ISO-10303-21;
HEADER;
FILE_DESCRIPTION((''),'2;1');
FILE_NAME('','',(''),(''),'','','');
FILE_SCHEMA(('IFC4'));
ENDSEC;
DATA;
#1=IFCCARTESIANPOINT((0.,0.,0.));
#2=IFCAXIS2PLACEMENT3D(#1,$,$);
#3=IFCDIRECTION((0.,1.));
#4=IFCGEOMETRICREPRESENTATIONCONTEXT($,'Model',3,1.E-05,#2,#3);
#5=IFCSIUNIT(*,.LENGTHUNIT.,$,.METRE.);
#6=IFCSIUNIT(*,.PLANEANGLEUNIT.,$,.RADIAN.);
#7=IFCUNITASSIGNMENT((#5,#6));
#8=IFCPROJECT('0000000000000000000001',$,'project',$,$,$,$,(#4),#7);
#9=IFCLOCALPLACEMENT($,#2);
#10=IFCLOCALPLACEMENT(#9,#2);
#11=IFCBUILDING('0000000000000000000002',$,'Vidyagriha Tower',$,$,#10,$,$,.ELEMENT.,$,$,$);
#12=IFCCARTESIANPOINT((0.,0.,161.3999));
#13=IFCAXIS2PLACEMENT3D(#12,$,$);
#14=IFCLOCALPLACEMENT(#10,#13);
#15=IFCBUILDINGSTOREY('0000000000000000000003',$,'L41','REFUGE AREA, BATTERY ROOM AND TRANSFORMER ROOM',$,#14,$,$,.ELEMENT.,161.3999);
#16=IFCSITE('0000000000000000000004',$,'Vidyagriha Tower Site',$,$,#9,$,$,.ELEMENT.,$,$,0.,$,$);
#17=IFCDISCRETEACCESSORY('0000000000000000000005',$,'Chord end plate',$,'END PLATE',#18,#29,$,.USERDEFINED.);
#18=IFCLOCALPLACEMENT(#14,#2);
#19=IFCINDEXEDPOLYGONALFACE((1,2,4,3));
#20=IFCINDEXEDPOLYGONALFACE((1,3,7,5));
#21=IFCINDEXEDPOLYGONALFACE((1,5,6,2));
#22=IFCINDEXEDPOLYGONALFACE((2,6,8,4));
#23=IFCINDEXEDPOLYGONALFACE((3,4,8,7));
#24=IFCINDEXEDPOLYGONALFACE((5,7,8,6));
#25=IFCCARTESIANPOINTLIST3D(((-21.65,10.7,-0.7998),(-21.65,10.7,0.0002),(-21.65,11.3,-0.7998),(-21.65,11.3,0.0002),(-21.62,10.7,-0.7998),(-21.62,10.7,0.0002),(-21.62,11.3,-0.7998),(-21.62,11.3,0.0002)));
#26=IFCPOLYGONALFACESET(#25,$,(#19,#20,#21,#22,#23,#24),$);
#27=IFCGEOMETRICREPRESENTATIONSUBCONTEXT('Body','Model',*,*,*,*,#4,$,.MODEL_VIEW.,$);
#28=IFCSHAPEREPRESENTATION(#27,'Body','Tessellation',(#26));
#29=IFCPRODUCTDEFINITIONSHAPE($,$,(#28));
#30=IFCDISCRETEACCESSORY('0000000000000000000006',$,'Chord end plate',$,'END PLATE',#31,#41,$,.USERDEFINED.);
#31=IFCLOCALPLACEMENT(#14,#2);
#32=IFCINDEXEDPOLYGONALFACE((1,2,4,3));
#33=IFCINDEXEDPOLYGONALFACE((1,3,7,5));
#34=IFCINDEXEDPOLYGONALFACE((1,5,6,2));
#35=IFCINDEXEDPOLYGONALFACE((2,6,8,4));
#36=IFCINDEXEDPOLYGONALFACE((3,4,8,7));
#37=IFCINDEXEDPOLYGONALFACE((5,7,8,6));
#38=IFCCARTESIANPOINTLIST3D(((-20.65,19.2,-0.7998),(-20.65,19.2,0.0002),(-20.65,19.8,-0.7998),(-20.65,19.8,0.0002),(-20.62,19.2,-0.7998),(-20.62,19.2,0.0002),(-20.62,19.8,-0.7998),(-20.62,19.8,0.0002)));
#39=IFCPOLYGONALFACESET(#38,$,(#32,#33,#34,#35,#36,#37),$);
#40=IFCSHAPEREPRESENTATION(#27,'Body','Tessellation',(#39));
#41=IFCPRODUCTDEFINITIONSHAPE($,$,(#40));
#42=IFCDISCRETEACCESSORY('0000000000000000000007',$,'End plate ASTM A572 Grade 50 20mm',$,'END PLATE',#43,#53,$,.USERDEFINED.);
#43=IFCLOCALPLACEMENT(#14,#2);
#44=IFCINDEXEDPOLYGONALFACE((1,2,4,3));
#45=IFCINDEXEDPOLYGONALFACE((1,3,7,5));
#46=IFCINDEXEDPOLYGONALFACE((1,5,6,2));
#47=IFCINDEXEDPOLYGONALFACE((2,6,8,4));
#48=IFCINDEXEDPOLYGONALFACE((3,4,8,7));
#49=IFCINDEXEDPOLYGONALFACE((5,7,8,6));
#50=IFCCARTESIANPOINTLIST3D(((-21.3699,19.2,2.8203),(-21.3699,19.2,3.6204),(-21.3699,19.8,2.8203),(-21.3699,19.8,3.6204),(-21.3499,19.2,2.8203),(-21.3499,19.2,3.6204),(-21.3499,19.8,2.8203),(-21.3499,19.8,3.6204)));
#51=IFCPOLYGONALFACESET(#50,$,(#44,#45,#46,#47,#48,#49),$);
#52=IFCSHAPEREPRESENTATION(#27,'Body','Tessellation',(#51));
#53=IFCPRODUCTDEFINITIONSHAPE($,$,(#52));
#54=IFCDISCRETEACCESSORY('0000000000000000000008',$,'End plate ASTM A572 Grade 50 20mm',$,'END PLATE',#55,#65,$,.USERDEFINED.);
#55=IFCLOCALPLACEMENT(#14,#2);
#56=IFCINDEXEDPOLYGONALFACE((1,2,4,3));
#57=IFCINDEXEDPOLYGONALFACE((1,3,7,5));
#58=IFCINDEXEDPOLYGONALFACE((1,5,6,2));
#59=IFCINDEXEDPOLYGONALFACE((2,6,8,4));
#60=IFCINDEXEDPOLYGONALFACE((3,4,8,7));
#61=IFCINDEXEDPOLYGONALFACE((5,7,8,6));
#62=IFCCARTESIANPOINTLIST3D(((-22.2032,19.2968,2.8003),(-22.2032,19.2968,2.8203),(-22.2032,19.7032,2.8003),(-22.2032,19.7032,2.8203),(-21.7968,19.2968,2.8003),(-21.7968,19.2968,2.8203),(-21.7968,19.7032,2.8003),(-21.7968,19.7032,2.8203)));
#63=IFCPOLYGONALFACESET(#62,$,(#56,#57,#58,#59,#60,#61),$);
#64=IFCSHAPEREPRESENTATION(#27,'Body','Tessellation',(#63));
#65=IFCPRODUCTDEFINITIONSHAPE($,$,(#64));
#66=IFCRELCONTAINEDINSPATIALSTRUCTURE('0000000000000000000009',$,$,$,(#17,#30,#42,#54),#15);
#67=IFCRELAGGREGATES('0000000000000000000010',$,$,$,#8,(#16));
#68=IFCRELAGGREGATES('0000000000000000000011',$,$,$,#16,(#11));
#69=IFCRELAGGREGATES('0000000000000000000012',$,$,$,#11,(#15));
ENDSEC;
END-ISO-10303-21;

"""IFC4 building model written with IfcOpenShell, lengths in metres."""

from ifc_helpers import new_model, si_unit, direction, frame, origin, origin_2d, place, context, subcontext, project, spatial, rectangle, extrude, element, save


model = new_model("IFC4")

# Units and contexts
model_context = context("Model", 3, precision=1e-05, world=origin(), true_north=direction((0.0, 1.0)))
body_context = subcontext(model_context, "Body", "Model", "MODEL_VIEW")
ifc_project = project(units=[si_unit("LENGTHUNIT", "METRE"), si_unit("PLANEANGLEUNIT", "RADIAN")], contexts=[model_context])

# Site, building, storey
site_placement = place(None, origin())
site = spatial("IfcSite", under=ifc_project, at=site_placement, Name="Vidyagriha Tower Site", CompositionType="ELEMENT", RefElevation=0.0)
building_placement = place(site_placement, origin())
building = spatial("IfcBuilding", under=site, at=building_placement, Name="Vidyagriha Tower", CompositionType="ELEMENT")
storey_placement = place(building_placement, frame((0.0, 0.0, 161.3999)))
storey = spatial("IfcBuildingStorey", under=building, at=storey_placement, Name="L41", Description="REFUGE AREA, BATTERY ROOM AND TRANSFORMER ROOM", CompositionType="ELEMENT", Elevation=161.3999)

# Discrete accessories
for number, where, name in (
    (1, (-21.635, 11.0, -0.7998), "Chord end plate"),
    (2, (-20.635, 19.5, -0.7998), "Chord end plate"),
):
    element("IfcDiscreteAccessory", number, at=place(storey_placement, frame(where)), inside=storey, Name=name, ObjectType="END PLATE", PredefinedType="USERDEFINED", context=body_context, shape_type="SweptSolid", body=[
        extrude(rectangle(XDim=0.03, YDim=0.6001, at=origin_2d()), origin(), (0.0, 0.0, 1.0), 0.8),
    ])
discrete_accessory_1_placement = place(storey_placement, frame((-21.3599, 19.5, 2.8203)))
element("IfcDiscreteAccessory", 3, at=discrete_accessory_1_placement, inside=storey, Name="End plate ASTM A572 Grade 50 20mm", ObjectType="END PLATE", PredefinedType="USERDEFINED", context=body_context, shape_type="SweptSolid", body=[
    extrude(rectangle(XDim=0.02, YDim=0.6001, at=origin_2d()), origin(), (0.0, 0.0, 1.0), 0.8),
])
discrete_accessory_2_placement = place(storey_placement, frame((-22.0, 19.5, 2.8003)))
element("IfcDiscreteAccessory", 4, at=discrete_accessory_2_placement, inside=storey, Name="End plate ASTM A572 Grade 50 20mm", ObjectType="END PLATE", PredefinedType="USERDEFINED", context=body_context, shape_type="SweptSolid", body=[
    extrude(rectangle(XDim=0.4065, YDim=0.4065, at=origin_2d()), origin(), (0.0, 0.0, 1.0), 0.02),
])

save(model, "model.ifc")
